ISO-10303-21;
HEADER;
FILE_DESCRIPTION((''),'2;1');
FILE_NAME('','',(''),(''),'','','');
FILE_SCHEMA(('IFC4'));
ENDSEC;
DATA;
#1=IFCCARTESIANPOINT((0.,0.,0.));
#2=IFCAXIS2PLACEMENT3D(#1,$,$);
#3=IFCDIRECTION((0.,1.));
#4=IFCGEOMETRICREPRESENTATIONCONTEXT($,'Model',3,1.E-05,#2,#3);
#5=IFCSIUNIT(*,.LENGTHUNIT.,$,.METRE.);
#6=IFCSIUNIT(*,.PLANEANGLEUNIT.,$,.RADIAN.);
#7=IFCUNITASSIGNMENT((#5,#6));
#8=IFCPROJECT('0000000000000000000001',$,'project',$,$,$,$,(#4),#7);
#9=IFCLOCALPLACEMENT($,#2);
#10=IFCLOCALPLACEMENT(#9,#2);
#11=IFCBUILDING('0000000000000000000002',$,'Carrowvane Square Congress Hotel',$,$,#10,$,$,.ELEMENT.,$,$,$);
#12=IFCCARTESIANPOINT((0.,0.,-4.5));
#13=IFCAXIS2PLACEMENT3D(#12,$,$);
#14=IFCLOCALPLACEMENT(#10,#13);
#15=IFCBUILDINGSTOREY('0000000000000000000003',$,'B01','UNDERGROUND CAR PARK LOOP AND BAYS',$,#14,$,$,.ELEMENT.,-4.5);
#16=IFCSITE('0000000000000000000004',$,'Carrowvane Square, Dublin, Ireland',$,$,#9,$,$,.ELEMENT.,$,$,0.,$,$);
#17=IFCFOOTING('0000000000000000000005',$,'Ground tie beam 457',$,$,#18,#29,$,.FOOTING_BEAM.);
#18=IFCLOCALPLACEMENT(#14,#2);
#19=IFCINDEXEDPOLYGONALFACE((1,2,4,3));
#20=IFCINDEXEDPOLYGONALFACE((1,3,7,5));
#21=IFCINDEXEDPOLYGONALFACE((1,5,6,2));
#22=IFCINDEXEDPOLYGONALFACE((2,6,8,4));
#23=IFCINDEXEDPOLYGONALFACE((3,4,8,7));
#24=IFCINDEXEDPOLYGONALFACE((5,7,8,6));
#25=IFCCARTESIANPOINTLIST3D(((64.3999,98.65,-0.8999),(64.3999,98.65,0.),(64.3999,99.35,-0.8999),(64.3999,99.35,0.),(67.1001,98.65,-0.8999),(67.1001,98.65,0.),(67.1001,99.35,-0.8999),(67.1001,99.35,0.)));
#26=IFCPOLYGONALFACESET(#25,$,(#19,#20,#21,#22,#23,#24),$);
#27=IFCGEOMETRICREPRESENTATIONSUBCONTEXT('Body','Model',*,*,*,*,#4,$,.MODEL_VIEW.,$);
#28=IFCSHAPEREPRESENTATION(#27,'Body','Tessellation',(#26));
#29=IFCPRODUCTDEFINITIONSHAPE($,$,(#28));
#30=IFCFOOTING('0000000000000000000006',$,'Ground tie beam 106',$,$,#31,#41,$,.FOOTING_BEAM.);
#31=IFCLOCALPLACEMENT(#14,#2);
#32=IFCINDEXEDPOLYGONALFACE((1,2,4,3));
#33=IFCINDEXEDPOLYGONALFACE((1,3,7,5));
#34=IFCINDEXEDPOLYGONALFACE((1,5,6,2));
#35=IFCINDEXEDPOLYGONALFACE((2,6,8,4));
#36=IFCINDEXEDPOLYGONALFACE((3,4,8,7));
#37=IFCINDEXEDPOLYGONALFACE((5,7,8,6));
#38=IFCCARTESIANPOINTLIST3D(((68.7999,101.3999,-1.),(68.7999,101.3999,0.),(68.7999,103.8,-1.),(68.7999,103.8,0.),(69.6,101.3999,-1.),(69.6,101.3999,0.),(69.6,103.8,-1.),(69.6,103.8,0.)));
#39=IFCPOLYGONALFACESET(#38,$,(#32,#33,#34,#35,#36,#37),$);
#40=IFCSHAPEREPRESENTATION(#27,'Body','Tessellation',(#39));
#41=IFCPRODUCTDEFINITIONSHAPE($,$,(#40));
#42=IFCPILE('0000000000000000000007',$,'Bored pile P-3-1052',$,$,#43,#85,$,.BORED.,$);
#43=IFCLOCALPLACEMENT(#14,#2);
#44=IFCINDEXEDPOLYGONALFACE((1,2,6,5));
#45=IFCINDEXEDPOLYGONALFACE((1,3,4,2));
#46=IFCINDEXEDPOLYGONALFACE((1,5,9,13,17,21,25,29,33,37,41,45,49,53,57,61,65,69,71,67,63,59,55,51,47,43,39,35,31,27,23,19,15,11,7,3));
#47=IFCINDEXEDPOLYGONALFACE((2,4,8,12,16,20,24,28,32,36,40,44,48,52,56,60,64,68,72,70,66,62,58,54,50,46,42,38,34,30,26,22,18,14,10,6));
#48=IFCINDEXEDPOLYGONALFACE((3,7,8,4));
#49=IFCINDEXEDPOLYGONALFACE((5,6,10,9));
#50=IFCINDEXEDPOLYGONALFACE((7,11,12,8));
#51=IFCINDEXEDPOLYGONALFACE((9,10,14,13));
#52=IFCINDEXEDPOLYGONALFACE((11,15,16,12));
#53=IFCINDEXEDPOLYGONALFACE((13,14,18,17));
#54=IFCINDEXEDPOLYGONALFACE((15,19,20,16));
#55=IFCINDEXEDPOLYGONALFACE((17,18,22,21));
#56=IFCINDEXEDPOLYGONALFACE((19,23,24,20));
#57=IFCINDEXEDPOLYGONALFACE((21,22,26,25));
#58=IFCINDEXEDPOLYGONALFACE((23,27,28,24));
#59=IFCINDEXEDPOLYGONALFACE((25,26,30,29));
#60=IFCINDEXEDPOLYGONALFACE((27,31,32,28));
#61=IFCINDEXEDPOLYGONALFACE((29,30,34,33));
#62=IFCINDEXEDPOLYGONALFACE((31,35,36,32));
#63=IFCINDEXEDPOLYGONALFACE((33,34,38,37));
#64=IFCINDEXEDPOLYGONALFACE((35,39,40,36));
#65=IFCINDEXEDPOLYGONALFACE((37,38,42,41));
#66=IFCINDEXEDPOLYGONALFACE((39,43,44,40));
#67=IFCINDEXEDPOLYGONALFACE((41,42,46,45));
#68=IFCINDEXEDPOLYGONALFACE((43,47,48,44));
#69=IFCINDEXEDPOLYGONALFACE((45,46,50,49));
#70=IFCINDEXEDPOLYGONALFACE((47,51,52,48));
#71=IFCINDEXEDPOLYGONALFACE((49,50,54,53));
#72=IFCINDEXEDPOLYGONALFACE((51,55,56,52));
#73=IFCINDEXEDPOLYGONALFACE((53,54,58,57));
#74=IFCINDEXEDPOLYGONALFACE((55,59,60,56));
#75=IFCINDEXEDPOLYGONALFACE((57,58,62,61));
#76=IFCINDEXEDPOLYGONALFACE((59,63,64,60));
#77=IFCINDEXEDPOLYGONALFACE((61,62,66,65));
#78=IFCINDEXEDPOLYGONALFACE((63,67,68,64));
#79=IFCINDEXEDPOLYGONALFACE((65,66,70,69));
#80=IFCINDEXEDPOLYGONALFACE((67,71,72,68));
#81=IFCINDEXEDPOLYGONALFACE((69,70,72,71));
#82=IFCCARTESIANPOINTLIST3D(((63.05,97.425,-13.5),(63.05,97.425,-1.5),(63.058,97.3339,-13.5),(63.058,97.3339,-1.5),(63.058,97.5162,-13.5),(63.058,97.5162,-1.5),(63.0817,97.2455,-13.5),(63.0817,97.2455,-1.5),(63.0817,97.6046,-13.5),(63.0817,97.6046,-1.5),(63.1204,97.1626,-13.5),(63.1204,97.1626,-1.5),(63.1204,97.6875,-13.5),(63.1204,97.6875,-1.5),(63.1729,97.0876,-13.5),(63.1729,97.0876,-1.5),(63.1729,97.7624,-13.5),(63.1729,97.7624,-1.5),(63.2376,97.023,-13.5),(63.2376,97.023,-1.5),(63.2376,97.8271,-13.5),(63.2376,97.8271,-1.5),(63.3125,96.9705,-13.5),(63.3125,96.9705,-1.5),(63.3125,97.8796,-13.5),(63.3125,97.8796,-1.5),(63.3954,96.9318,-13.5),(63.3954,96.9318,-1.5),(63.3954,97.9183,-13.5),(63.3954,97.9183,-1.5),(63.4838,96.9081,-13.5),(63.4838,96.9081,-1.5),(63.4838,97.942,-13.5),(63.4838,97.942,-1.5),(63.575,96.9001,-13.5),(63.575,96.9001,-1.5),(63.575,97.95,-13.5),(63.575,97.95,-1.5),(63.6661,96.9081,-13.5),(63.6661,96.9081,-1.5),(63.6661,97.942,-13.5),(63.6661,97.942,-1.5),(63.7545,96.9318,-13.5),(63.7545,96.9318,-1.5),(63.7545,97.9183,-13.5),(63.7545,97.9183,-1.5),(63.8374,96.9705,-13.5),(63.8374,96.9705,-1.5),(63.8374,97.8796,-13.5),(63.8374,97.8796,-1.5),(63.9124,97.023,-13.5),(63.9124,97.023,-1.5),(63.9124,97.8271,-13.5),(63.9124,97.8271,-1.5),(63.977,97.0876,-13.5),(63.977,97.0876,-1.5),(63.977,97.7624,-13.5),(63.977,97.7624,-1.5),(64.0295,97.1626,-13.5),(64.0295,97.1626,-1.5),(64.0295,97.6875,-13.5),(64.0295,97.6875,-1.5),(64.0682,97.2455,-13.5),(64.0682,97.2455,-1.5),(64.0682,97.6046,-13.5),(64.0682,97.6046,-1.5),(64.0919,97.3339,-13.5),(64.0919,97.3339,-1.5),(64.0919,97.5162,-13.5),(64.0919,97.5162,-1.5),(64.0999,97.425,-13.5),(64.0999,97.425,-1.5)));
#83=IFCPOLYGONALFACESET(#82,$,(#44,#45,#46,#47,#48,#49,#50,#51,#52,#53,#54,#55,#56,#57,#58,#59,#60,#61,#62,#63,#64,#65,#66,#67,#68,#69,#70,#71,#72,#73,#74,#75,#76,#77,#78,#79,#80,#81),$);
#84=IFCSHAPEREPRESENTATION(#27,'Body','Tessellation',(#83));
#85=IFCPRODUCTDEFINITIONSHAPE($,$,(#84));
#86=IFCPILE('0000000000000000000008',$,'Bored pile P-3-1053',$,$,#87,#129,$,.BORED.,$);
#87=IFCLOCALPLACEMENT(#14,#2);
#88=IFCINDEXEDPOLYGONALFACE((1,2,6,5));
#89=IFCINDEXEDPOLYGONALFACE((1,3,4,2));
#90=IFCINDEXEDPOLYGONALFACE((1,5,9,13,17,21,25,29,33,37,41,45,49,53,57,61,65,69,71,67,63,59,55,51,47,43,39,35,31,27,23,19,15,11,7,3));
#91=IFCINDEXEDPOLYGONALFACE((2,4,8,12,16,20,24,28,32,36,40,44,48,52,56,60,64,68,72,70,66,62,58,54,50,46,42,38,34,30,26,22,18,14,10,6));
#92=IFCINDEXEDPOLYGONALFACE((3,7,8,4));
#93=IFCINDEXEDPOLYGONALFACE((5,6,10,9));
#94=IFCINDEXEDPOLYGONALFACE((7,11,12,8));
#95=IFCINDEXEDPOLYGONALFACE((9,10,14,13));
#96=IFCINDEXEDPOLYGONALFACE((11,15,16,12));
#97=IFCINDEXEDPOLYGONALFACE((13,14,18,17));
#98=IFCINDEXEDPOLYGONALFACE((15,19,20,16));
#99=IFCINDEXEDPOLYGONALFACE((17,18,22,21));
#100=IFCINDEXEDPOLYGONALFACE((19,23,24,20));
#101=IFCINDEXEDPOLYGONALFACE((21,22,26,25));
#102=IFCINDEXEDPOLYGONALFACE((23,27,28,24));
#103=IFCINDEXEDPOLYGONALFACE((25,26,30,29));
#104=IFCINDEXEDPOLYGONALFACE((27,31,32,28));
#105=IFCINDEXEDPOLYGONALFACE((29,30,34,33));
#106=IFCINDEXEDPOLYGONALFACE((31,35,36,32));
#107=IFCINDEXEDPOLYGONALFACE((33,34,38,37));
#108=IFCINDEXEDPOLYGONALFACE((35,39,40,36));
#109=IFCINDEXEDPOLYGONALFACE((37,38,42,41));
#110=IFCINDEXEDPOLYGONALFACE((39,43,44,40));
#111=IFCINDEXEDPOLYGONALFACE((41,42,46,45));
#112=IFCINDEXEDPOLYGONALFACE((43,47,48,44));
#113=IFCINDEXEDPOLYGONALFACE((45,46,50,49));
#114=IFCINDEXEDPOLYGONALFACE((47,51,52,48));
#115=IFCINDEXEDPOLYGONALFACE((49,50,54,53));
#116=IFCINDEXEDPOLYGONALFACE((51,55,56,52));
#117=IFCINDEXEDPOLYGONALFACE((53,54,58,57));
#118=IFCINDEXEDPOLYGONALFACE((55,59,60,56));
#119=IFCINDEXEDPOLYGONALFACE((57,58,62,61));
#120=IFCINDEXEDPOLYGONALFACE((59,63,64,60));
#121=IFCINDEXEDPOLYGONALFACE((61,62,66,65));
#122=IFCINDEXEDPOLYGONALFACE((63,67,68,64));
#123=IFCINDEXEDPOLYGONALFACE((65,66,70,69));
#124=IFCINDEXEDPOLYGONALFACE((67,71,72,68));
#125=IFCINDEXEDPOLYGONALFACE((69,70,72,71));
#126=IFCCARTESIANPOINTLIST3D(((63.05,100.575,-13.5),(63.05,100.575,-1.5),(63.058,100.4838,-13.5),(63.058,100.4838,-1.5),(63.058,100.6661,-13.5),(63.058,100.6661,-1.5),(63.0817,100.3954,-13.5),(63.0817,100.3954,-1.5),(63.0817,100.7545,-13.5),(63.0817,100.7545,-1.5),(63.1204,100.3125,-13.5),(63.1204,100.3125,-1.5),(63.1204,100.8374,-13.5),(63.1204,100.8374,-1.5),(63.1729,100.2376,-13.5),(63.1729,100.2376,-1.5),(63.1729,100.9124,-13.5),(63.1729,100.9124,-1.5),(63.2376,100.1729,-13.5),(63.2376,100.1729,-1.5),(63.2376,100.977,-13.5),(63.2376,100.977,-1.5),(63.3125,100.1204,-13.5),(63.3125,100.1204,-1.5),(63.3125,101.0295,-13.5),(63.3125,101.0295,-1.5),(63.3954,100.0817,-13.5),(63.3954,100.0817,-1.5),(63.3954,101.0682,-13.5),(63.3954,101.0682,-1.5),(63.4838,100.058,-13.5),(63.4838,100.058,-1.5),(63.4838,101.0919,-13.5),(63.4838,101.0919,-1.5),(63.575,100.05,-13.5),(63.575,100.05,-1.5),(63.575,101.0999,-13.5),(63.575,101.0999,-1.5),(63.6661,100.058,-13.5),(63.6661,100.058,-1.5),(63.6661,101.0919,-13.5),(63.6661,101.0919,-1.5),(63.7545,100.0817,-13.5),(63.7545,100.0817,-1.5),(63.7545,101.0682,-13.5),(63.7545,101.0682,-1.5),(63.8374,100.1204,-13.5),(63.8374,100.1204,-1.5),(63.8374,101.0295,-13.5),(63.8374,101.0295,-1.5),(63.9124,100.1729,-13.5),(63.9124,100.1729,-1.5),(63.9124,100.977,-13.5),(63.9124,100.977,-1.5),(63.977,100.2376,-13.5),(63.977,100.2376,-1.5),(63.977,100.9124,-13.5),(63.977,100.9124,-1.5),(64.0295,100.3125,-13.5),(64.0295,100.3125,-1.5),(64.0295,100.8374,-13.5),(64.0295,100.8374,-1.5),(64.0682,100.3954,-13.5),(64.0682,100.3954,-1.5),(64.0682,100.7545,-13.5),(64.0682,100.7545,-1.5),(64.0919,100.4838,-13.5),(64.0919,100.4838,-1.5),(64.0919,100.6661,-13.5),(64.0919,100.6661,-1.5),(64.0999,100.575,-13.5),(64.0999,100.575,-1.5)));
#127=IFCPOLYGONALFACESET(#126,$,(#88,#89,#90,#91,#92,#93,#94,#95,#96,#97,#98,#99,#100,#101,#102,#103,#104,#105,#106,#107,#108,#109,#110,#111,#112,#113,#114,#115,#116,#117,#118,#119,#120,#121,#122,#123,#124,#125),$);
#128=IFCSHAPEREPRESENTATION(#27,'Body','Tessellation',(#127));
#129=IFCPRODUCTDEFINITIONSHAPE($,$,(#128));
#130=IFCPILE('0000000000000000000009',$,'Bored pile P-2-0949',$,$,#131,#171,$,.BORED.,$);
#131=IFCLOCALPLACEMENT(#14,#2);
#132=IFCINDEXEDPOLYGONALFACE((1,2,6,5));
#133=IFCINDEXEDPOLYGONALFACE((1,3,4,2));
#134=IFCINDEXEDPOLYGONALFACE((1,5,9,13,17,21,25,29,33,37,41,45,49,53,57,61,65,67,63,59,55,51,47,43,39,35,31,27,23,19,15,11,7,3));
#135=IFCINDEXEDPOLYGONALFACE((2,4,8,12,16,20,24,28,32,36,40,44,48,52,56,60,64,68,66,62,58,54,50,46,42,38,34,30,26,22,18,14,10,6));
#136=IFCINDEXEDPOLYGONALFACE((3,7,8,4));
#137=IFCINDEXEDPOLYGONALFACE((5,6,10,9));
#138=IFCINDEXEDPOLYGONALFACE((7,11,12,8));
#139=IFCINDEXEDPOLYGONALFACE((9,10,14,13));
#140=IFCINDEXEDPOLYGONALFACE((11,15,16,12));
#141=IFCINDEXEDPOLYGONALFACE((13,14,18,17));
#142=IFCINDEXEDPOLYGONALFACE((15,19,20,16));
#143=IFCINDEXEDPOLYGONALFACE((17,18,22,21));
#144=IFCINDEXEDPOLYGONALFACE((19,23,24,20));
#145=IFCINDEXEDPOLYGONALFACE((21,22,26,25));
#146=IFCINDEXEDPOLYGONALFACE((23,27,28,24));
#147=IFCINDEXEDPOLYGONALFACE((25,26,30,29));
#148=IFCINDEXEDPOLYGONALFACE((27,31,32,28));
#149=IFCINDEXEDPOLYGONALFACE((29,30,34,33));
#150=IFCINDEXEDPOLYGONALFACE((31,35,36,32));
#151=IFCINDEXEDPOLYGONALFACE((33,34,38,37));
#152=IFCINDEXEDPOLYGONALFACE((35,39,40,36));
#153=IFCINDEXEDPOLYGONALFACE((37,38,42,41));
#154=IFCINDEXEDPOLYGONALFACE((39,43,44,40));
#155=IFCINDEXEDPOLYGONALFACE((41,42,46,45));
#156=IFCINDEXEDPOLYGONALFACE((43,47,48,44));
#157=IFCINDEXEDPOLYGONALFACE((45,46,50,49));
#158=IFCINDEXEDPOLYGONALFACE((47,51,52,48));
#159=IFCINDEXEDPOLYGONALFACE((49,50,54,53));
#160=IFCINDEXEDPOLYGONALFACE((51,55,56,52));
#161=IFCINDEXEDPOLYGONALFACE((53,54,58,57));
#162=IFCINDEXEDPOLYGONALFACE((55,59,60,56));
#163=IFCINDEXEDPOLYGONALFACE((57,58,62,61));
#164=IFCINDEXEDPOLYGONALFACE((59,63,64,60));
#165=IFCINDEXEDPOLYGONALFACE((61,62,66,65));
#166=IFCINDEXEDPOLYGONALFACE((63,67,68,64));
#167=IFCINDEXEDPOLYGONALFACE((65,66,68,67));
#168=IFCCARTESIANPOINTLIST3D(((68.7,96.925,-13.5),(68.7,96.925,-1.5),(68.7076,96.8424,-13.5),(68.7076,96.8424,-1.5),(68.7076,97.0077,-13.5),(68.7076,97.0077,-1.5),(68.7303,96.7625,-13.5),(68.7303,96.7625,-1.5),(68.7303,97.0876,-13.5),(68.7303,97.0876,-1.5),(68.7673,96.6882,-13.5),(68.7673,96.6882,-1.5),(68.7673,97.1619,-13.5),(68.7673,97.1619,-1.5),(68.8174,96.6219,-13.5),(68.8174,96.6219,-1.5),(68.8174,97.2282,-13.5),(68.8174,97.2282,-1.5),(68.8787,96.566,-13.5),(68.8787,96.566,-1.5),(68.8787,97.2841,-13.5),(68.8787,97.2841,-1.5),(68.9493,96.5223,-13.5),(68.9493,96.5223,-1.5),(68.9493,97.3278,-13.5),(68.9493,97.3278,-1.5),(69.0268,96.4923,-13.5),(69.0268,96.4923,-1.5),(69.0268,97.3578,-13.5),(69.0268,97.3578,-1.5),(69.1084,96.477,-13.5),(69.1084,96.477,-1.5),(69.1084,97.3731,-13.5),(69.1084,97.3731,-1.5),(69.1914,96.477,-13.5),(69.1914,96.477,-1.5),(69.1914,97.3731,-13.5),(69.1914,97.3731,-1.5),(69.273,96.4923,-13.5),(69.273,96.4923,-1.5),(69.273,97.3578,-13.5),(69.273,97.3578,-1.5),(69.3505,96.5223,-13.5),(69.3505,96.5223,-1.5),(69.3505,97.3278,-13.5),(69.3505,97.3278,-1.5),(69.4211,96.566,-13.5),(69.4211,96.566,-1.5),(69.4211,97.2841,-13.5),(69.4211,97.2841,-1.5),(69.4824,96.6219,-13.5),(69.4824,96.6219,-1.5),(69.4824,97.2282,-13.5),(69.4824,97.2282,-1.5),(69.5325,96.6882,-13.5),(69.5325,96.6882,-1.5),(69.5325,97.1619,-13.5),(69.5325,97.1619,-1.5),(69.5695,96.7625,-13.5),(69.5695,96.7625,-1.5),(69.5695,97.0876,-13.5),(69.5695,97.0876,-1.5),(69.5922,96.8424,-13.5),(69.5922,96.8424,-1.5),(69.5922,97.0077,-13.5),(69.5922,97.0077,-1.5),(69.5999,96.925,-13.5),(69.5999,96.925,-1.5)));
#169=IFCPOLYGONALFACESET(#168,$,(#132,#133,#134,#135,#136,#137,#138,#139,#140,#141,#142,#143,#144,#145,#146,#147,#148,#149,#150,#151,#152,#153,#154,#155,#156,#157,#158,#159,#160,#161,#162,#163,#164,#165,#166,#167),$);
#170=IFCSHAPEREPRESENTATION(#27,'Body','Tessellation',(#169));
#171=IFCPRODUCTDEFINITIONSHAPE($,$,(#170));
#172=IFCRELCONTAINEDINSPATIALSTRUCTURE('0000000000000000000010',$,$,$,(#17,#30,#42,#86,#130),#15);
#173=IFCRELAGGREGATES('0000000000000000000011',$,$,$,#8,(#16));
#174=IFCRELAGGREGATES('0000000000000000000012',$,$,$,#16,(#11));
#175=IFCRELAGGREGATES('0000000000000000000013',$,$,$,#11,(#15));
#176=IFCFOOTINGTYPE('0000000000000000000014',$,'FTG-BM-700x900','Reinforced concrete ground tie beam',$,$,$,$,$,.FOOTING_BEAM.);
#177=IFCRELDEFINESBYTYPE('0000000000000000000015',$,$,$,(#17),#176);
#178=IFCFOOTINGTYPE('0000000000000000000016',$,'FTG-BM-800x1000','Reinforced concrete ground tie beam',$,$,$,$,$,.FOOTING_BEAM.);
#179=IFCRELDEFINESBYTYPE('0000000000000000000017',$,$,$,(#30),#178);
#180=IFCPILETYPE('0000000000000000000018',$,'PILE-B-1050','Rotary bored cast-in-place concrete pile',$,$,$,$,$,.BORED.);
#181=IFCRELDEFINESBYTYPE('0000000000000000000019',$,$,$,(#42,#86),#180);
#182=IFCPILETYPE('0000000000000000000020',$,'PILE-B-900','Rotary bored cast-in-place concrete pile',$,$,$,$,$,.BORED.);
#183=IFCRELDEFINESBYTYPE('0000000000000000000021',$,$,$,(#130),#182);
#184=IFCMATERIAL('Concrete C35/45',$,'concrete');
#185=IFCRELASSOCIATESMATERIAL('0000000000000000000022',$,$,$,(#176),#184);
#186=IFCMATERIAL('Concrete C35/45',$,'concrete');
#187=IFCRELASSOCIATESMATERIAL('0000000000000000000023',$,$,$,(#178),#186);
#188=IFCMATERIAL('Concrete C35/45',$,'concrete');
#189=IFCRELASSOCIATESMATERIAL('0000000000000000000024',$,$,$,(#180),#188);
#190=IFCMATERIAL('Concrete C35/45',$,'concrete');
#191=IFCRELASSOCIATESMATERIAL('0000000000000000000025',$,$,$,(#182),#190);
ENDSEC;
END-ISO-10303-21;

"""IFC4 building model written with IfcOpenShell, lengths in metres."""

from ifc_helpers import new_model, si_unit, direction, frame, origin, origin_2d, place, context, subcontext, project, spatial, rectangle, circle, extrude, material, material_profile, profile_set, type_object, element, save


model = new_model("IFC4")

# Units and contexts
model_context = context("Model", 3, precision=1e-05, world=origin(), true_north=direction((0.0, 1.0)))
body_context = subcontext(model_context, "Body", "Model", "MODEL_VIEW")
ifc_project = project(units=[si_unit("LENGTHUNIT", "METRE"), si_unit("PLANEANGLEUNIT", "RADIAN")], contexts=[model_context])

# Site, building, storey
site_placement = place(None, origin())
site = spatial("IfcSite", under=ifc_project, at=site_placement, Name="Carrowvane Square, Dublin, Ireland", CompositionType="ELEMENT", RefElevation=0.0)
building_placement = place(site_placement, origin())
building = spatial("IfcBuilding", under=site, at=building_placement, Name="Carrowvane Square Congress Hotel", CompositionType="ELEMENT")
storey_placement = place(building_placement, frame((0.0, 0.0, -4.5)))
storey = spatial("IfcBuildingStorey", under=building, at=storey_placement, Name="B01", Description="UNDERGROUND CAR PARK LOOP AND BAYS", CompositionType="ELEMENT", Elevation=-4.5)

# Footings
ifc_material_1 = material(Name="Concrete C35/45", Category="concrete")
ifc_material_profile_1 = material_profile(ifc_material_1, rectangle(XDim=0.7, YDim=0.8999, at=origin_2d()), Name="RC 700x900")
ifc_profile_set_1 = profile_set([ifc_material_profile_1], Name="Concrete C35/45")
footing_type_1 = type_object("IfcFootingType", Name="FTG-BM-700x900", Description="Reinforced concrete ground tie beam", PredefinedType="FOOTING_BEAM", material=ifc_profile_set_1)
footing_1_placement = place(storey_placement, frame((64.3999, 99.0, -0.45), z_axis=(1.0, 0.0, 0.0), x_axis=(0.0, 1.0, 0.0)))
element("IfcFooting", 1, at=footing_1_placement, inside=storey, type_object=footing_type_1, Name="Ground tie beam 457", PredefinedType="FOOTING_BEAM", context=body_context, shape_type="SweptSolid", body=[
    extrude(rectangle(XDim=0.7, YDim=0.8999, at=origin_2d()), origin(), (0.0, 0.0, 1.0), 2.7002),
])
ifc_material_2 = material(Name="Concrete C35/45", Category="concrete")
ifc_material_profile_2 = material_profile(ifc_material_2, rectangle(XDim=0.8, YDim=1.0, at=origin_2d()), Name="RC 800x1000")
ifc_profile_set_2 = profile_set([ifc_material_profile_2], Name="Concrete C35/45")
footing_type_2 = type_object("IfcFootingType", Name="FTG-BM-800x1000", Description="Reinforced concrete ground tie beam", PredefinedType="FOOTING_BEAM", material=ifc_profile_set_2)
footing_2_placement = place(storey_placement, frame((69.2, 101.3999, -0.5), z_axis=(0.0, 1.0, 0.0), x_axis=(-1.0, 0.0, 0.0)))
element("IfcFooting", 2, at=footing_2_placement, inside=storey, type_object=footing_type_2, Name="Ground tie beam 106", PredefinedType="FOOTING_BEAM", context=body_context, shape_type="SweptSolid", body=[
    extrude(rectangle(XDim=0.8, YDim=1.0, at=origin_2d()), origin(), (0.0, 0.0, 1.0), 2.4001),
])

# Piles
ifc_material_3 = material(Name="Concrete C35/45", Category="concrete")
ifc_material_profile_3 = material_profile(ifc_material_3, circle(Radius=0.5249, at=origin_2d()), Name="PILE D1050")
ifc_profile_set_3 = profile_set([ifc_material_profile_3], Name="Concrete C35/45")
pile_type_1 = type_object("IfcPileType", Name="PILE-B-1050", Description="Rotary bored cast-in-place concrete pile", PredefinedType="BORED", material=ifc_profile_set_3)
for number, where, z_axis, x_axis, name in (
    (3, (63.575, 97.425, -1.5), (0.0, 0.0, -1.0), (1.0, 0.0, 0.0), "Bored pile P-3-1052"),
    (4, (63.575, 100.575, -1.5), (0.0, 0.0, -1.0), (1.0, 0.0, 0.0), "Bored pile P-3-1053"),
):
    element("IfcPile", number, at=place(storey_placement, frame(where, z_axis=z_axis, x_axis=x_axis)), inside=storey, type_object=pile_type_1, Name=name, PredefinedType="BORED", context=body_context, shape_type="SweptSolid", body=[
        extrude(circle(Radius=0.5249, at=origin_2d()), origin(), (0.0, 0.0, 1.0), 12.0),
    ])
ifc_material_4 = material(Name="Concrete C35/45", Category="concrete")
ifc_material_profile_4 = material_profile(ifc_material_4, circle(Radius=0.45, at=origin_2d()), Name="PILE D900")
ifc_profile_set_4 = profile_set([ifc_material_profile_4], Name="Concrete C35/45")
pile_type_2 = type_object("IfcPileType", Name="PILE-B-900", Description="Rotary bored cast-in-place concrete pile", PredefinedType="BORED", material=ifc_profile_set_4)
for number, where, z_axis, x_axis, name in (
    (5, (69.1499, 96.925, -1.5), (0.0, 0.0, -1.0), (1.0, 0.0, 0.0), "Bored pile P-2-0949"),
):
    element("IfcPile", number, at=place(storey_placement, frame(where, z_axis=z_axis, x_axis=x_axis)), inside=storey, type_object=pile_type_2, Name=name, PredefinedType="BORED", context=body_context, shape_type="SweptSolid", body=[
        extrude(circle(Radius=0.45, at=origin_2d()), origin(), (0.0, 0.0, 1.0), 12.0),
    ])

save(model, "model.ifc")
